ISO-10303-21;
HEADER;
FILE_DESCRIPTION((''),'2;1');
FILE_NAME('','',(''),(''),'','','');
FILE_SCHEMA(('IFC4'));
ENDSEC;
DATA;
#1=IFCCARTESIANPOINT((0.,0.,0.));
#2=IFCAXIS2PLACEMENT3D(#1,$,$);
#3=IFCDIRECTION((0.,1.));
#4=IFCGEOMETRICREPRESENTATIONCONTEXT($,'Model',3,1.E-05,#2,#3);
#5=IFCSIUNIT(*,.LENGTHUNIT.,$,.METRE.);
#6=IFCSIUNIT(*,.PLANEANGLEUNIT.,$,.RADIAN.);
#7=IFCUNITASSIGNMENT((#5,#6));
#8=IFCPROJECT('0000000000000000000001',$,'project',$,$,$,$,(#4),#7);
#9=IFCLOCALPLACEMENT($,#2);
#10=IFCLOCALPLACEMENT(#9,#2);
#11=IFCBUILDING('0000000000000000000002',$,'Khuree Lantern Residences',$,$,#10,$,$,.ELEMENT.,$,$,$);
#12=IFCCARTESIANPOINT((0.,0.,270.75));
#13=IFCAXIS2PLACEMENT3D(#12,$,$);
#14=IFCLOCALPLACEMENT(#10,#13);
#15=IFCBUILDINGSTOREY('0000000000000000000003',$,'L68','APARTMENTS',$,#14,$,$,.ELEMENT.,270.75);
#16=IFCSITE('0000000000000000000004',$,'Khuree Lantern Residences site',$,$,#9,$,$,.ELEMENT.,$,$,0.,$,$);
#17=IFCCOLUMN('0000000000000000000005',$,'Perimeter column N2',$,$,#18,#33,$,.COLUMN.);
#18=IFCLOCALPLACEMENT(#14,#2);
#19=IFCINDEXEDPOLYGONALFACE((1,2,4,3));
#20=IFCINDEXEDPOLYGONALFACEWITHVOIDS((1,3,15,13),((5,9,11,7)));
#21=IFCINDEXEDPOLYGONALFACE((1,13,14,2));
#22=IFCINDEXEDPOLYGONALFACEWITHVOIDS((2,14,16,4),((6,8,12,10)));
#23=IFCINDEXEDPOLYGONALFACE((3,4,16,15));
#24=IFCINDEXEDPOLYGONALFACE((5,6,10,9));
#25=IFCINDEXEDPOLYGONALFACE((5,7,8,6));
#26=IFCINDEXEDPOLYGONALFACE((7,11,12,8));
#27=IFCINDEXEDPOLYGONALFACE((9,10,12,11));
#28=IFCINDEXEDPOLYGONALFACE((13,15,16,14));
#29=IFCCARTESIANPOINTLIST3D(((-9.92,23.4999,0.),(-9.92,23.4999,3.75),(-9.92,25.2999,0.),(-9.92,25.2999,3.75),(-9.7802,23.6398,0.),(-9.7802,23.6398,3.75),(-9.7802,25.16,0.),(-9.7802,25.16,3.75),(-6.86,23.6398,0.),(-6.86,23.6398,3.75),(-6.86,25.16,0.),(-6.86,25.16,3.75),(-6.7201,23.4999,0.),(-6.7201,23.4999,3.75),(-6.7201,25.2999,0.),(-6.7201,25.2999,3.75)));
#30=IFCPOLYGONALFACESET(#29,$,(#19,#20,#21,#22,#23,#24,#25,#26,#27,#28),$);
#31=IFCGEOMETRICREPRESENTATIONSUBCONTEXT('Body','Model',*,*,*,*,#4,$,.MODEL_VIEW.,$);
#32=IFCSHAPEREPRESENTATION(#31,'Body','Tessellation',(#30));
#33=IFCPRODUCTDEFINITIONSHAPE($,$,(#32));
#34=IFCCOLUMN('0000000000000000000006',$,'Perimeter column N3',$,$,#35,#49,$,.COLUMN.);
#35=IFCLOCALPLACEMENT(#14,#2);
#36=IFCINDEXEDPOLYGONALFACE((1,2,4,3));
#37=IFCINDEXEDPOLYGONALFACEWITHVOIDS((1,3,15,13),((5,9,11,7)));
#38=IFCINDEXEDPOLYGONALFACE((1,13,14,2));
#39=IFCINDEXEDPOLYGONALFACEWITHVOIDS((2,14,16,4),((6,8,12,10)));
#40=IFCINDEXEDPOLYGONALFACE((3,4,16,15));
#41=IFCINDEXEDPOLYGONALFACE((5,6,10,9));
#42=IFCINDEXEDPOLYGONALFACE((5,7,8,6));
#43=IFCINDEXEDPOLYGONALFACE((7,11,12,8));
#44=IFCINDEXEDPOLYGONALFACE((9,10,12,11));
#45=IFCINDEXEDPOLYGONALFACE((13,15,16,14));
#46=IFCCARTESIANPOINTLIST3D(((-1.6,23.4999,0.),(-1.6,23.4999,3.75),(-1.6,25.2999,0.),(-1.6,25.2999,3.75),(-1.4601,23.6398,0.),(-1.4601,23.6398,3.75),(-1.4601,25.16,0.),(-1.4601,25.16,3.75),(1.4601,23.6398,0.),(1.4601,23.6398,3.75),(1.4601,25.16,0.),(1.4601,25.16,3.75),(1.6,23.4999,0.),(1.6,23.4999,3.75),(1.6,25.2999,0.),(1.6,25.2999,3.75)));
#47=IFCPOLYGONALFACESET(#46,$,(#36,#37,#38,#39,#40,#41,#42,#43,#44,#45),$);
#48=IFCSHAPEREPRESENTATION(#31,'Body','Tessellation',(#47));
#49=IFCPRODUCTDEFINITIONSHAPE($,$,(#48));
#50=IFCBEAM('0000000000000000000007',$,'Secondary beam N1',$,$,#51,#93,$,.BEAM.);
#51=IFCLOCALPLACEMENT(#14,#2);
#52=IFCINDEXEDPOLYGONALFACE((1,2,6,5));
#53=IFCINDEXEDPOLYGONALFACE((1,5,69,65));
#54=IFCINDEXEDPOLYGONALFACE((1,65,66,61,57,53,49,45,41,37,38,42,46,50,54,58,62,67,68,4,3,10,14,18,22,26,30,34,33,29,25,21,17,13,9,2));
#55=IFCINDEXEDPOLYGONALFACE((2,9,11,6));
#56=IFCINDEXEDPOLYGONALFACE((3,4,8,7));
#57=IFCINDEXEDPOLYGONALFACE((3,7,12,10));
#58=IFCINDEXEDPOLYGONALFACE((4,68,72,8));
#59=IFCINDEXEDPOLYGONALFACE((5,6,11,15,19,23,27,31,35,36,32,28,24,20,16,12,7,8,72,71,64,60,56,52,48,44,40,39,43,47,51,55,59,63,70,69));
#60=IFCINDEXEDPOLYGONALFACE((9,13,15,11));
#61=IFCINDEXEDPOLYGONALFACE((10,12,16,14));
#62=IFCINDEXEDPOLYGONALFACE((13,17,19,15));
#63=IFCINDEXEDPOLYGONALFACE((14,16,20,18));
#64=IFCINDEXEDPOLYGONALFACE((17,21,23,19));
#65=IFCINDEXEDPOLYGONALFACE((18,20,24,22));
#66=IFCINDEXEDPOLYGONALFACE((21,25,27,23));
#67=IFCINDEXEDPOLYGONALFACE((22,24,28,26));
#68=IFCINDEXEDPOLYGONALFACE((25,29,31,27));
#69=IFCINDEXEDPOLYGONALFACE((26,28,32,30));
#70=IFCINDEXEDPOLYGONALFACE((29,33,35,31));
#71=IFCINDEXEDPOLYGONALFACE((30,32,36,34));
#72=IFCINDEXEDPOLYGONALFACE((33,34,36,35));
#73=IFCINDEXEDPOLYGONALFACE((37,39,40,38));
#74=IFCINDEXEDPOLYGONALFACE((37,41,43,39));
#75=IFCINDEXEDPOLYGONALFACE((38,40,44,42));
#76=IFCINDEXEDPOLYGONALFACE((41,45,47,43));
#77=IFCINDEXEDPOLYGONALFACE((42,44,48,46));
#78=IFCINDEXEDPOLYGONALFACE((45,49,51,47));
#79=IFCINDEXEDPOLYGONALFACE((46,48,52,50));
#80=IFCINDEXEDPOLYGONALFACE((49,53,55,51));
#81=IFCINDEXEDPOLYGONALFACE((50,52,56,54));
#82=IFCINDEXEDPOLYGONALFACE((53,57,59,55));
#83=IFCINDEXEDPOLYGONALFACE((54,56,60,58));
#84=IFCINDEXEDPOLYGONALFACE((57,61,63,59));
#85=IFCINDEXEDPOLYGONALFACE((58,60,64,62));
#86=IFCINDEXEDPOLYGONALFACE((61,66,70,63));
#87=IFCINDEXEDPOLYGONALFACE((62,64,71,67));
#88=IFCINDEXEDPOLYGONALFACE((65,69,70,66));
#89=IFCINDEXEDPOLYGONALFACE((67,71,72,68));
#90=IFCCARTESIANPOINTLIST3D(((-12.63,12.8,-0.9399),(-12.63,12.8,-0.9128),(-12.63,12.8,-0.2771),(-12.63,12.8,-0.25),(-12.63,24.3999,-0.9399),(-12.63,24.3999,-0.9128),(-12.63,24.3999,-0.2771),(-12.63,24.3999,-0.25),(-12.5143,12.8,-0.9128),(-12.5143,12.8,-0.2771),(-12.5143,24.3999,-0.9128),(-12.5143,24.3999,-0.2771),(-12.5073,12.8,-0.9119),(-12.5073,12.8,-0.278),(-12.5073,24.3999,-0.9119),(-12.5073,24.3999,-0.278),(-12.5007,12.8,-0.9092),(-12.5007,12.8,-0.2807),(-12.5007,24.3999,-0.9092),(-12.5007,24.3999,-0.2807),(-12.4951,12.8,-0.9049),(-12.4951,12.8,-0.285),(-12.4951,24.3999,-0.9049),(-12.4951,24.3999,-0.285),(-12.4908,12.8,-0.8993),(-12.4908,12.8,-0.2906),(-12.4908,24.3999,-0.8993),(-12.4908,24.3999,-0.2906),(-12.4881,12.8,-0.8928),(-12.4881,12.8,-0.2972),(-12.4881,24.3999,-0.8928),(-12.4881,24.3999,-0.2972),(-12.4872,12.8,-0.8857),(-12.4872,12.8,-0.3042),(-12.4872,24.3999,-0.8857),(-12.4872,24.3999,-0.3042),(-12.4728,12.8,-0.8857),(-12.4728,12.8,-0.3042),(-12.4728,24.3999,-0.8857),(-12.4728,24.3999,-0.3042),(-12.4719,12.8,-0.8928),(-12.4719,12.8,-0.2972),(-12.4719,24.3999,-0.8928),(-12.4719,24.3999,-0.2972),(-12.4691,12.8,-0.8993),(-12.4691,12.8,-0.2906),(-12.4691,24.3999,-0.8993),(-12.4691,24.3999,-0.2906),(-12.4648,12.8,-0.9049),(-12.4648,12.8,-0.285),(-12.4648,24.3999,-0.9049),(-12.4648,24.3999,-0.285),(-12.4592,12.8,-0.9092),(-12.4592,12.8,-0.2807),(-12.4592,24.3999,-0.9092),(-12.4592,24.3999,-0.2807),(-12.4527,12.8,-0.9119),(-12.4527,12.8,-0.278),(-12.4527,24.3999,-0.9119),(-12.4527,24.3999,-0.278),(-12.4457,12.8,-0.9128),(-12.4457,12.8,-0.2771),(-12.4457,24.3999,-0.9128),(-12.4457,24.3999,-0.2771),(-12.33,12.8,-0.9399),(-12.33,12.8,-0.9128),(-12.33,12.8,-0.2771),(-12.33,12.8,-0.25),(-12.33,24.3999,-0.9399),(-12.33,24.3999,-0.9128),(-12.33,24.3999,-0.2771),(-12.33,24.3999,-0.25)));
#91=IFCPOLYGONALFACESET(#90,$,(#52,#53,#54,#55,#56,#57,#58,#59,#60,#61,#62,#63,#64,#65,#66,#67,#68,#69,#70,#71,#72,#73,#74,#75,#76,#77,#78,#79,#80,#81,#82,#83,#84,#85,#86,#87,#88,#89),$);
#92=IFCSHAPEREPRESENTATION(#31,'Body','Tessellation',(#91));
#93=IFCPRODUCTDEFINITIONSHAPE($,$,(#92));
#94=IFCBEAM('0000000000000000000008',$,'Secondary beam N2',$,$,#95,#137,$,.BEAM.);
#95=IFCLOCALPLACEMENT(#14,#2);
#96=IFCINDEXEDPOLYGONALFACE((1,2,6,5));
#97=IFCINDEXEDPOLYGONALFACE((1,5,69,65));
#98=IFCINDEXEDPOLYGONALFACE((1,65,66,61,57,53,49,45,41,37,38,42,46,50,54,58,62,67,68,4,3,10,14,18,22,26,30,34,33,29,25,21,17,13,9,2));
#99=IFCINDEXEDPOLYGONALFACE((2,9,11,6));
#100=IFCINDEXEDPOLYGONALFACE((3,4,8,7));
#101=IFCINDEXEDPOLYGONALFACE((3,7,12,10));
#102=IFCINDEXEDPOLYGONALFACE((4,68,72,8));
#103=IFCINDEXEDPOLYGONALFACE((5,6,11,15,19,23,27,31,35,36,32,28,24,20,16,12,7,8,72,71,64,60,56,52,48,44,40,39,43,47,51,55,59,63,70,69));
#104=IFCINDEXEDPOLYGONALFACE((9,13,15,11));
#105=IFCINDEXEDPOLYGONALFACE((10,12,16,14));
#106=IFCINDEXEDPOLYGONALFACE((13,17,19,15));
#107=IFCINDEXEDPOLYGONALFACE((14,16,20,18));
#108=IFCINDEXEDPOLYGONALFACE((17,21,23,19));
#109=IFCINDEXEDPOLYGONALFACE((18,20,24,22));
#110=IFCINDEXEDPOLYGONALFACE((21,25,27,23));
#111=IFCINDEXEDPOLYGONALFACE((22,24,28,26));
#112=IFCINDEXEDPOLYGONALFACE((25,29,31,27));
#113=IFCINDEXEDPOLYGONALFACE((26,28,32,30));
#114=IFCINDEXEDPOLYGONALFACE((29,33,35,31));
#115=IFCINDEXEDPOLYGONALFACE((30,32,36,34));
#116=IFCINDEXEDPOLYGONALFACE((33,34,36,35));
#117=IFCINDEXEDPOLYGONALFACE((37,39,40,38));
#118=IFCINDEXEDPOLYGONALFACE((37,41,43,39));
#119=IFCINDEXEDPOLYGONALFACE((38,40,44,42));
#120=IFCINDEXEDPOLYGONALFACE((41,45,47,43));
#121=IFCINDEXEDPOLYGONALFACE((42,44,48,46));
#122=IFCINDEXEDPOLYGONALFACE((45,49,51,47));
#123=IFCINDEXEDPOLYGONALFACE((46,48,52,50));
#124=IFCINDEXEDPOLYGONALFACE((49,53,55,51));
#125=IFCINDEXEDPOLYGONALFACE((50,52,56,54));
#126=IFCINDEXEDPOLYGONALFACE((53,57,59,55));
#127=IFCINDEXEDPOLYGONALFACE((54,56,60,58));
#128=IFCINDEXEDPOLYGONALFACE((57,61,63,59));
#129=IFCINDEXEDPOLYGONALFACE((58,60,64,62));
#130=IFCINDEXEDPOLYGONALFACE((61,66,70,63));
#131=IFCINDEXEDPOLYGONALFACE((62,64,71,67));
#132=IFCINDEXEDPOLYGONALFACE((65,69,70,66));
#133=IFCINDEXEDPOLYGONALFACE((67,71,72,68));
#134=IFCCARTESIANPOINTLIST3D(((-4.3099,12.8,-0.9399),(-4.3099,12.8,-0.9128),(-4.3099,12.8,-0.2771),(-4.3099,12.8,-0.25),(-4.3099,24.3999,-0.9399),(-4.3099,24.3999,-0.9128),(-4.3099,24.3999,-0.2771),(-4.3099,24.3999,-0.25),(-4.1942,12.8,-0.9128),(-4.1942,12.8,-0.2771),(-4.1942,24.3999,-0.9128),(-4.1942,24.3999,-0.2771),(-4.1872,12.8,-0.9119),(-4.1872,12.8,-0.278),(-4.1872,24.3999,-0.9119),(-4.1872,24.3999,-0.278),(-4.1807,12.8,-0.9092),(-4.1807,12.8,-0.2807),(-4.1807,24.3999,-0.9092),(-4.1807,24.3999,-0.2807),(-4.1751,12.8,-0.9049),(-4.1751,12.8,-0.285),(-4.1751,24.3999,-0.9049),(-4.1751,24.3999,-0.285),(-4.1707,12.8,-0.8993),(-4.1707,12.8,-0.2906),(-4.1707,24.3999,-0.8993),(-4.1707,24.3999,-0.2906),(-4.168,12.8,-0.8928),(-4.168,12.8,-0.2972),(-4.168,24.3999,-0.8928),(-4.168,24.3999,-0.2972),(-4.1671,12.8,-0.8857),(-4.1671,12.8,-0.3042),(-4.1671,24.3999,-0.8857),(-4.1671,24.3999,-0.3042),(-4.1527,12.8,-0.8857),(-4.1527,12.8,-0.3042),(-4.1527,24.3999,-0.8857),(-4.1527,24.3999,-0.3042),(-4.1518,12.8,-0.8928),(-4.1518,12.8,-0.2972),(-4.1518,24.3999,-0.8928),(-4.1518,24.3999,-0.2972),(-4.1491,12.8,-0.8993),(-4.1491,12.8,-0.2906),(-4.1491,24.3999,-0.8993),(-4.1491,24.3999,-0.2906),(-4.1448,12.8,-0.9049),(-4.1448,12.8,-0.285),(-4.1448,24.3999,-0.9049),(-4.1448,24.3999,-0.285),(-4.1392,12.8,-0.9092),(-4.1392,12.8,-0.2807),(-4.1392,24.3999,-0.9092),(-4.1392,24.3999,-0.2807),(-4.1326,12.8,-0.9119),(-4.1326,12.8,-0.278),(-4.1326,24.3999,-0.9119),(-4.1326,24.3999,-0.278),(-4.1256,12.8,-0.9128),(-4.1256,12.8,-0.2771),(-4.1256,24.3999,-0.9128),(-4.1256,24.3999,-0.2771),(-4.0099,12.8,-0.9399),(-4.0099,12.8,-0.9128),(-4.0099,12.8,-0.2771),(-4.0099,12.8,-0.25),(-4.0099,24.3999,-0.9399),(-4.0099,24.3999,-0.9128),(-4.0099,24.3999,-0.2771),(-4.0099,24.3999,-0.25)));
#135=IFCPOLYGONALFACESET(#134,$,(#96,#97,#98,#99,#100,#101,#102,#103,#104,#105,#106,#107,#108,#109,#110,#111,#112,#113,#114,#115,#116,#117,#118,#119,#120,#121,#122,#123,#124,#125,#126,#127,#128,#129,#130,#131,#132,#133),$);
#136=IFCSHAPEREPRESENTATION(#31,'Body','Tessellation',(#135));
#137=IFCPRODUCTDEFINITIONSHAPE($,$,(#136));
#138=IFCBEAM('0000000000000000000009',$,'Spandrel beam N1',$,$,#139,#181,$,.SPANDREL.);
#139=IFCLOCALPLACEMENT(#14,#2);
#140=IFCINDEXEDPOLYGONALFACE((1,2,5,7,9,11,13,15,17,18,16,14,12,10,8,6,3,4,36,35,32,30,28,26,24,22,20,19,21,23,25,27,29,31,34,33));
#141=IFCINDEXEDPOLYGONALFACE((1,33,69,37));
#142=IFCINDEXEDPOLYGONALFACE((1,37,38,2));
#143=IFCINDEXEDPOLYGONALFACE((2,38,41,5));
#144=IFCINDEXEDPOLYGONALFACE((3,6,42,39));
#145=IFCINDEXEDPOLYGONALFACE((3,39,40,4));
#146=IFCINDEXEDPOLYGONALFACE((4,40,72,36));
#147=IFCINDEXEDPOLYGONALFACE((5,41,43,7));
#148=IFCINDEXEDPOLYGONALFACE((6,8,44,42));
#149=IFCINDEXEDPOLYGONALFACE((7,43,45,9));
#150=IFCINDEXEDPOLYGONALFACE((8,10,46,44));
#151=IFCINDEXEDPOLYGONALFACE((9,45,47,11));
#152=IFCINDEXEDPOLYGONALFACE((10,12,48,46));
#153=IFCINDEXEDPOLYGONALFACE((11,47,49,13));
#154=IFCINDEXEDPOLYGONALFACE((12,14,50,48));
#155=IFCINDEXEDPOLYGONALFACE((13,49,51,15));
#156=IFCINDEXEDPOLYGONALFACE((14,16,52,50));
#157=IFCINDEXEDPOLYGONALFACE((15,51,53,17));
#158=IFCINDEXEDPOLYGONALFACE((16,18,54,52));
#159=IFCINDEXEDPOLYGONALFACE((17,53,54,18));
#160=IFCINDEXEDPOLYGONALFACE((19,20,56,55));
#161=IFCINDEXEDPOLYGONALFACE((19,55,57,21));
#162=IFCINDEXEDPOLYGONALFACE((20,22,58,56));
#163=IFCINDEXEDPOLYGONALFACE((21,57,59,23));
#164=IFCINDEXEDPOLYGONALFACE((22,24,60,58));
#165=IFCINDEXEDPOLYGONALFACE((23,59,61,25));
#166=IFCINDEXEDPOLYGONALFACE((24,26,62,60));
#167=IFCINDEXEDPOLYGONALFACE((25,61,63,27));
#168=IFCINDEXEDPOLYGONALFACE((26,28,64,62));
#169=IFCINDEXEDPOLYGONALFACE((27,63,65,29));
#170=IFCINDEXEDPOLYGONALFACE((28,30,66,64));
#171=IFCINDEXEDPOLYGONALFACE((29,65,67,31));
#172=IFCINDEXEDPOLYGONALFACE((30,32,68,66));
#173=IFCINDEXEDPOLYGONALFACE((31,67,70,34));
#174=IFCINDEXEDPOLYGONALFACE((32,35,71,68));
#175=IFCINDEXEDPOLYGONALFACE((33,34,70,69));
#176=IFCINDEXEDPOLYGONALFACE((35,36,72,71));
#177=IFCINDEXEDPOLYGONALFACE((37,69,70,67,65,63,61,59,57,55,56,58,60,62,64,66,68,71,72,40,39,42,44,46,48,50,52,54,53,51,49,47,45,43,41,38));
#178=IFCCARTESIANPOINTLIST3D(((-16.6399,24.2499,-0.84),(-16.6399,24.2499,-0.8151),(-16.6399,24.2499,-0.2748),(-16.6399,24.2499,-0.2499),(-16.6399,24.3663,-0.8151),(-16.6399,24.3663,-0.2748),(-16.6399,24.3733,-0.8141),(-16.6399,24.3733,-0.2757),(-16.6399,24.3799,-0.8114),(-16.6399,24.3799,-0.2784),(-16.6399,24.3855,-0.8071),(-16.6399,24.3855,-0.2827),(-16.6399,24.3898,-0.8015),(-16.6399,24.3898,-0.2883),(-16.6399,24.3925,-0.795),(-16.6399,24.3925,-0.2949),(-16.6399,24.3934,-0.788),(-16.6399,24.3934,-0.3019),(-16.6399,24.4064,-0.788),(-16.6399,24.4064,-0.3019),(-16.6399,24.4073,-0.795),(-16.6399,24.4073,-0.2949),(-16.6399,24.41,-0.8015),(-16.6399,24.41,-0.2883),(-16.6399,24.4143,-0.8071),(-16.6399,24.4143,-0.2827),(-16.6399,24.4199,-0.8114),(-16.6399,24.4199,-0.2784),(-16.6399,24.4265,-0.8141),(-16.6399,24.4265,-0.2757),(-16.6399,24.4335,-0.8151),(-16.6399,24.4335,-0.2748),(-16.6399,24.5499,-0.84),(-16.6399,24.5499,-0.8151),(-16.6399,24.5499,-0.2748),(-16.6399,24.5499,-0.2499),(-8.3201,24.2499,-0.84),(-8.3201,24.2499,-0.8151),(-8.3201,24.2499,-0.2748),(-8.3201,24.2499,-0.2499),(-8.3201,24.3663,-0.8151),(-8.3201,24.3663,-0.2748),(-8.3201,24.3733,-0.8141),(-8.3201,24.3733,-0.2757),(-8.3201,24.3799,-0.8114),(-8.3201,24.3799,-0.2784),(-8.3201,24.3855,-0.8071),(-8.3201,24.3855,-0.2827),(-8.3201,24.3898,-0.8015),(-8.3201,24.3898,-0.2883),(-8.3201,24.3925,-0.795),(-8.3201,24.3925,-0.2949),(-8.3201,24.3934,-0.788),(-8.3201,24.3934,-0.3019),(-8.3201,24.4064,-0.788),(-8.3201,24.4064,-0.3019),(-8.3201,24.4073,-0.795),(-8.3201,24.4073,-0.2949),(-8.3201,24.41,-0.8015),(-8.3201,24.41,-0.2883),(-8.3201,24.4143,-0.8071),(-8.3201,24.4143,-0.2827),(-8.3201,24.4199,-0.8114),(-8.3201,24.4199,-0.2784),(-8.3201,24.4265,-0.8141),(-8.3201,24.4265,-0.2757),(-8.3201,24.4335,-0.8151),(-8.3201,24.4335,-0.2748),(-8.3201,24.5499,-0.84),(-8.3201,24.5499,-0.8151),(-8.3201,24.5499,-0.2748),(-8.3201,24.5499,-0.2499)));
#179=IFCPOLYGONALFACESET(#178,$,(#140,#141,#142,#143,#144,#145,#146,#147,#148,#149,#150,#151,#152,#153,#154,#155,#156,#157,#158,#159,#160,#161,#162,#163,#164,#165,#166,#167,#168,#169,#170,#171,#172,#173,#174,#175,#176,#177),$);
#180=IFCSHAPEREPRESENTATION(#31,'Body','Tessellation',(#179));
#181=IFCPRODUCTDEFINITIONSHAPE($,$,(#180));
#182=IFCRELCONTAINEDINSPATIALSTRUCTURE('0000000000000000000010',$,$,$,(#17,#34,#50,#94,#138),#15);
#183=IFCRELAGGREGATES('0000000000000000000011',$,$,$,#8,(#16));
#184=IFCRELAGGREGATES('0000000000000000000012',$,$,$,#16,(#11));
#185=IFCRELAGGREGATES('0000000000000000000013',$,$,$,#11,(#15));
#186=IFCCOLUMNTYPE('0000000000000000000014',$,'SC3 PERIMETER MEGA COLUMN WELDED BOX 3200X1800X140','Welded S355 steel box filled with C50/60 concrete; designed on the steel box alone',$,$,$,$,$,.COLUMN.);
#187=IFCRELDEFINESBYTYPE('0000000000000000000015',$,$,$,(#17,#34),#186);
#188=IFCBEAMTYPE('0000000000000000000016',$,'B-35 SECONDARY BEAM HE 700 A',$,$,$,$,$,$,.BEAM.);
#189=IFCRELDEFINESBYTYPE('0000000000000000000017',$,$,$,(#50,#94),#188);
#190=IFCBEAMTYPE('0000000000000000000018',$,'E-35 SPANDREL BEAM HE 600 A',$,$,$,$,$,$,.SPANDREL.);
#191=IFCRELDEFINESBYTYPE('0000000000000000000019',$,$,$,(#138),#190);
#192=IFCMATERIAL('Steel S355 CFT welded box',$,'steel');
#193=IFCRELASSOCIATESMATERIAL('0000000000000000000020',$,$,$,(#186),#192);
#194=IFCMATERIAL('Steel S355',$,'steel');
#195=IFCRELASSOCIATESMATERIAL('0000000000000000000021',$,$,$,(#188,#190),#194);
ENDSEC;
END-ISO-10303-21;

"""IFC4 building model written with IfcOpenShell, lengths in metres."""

from ifc_helpers import new_model, si_unit, direction, frame, origin, origin_2d, place, context, subcontext, project, spatial, hollow_rectangle, i_section, extrude, material, material_profile, profile_set, type_object, element, save


model = new_model("IFC4")

# Units and contexts
model_context = context("Model", 3, precision=1e-05, world=origin(), true_north=direction((0.0, 1.0)))
body_context = subcontext(model_context, "Body", "Model", "MODEL_VIEW")
ifc_project = project(units=[si_unit("LENGTHUNIT", "METRE"), si_unit("PLANEANGLEUNIT", "RADIAN")], contexts=[model_context])

# Site, building, storey
site_placement = place(None, origin())
site = spatial("IfcSite", under=ifc_project, at=site_placement, Name="Khuree Lantern Residences site", CompositionType="ELEMENT", RefElevation=0.0)
building_placement = place(site_placement, origin())
building = spatial("IfcBuilding", under=site, at=building_placement, Name="Khuree Lantern Residences", CompositionType="ELEMENT")
storey_placement = place(building_placement, frame((0.0, 0.0, 270.75)))
storey = spatial("IfcBuildingStorey", under=building, at=storey_placement, Name="L68", Description="APARTMENTS", CompositionType="ELEMENT", Elevation=270.75)

# Columns
ifc_material_1 = material(Name="Steel S355 CFT welded box", Category="steel")
ifc_material_profile_1 = material_profile(ifc_material_1, hollow_rectangle(XDim=3.2, YDim=1.8, WallThickness=0.1399, at=origin_2d()), Name="WELDED BOX 3200X1800X140")
ifc_profile_set_1 = profile_set([ifc_material_profile_1], Name="Steel S355 CFT welded box")
column_type = type_object("IfcColumnType", Name="SC3 PERIMETER MEGA COLUMN WELDED BOX 3200X1800X140", Description="Welded S355 steel box filled with C50/60 concrete; designed on the steel box alone", PredefinedType="COLUMN", material=ifc_profile_set_1)
for number, where, z_axis, x_axis, name in (
    (1, (-8.3201, 24.3999, 0.0), (0.0, 0.0, 1.0), (1.0, 0.0, 0.0), "Perimeter column N2"),
    (2, (0.0, 24.3999, 0.0), (0.0, 0.0, 1.0), (1.0, 0.0, 0.0), "Perimeter column N3"),
):
    element("IfcColumn", number, at=place(storey_placement, frame(where, z_axis=z_axis, x_axis=x_axis)), inside=storey, type_object=column_type, Name=name, PredefinedType="COLUMN", context=body_context, shape_type="SweptSolid", body=[
        extrude(hollow_rectangle(XDim=3.2, YDim=1.8, WallThickness=0.1399, at=origin_2d()), origin(), (0.0, 0.0, 1.0), 3.75),
    ])

# Beams
ifc_material_2 = material(Name="Steel S355", Category="steel")
ifc_material_profile_2 = material_profile(ifc_material_2, i_section(OverallWidth=0.3, OverallDepth=0.6899, WebThickness=0.0144, FlangeThickness=0.0271, FilletRadius=0.0271, at=origin_2d()), Name="HE 700 A")
ifc_profile_set_2 = profile_set([ifc_material_profile_2], Name="Steel S355")
beam_type_1 = type_object("IfcBeamType", Name="B-35 SECONDARY BEAM HE 700 A", PredefinedType="BEAM", material=ifc_profile_set_2)
for number, where, z_axis, x_axis, name in (
    (3, (-12.48, 24.3999, -0.595), (0.0, -1.0, 0.0), (1.0, 0.0, 0.0), "Secondary beam N1"),
    (4, (-4.1599, 24.3999, -0.595), (0.0, -1.0, 0.0), (1.0, 0.0, 0.0), "Secondary beam N2"),
):
    element("IfcBeam", number, at=place(storey_placement, frame(where, z_axis=z_axis, x_axis=x_axis)), inside=storey, type_object=beam_type_1, Name=name, PredefinedType="BEAM", context=body_context, shape_type="SweptSolid", body=[
        extrude(i_section(OverallWidth=0.3, OverallDepth=0.6899, WebThickness=0.0144, FlangeThickness=0.0271, FilletRadius=0.0271, at=origin_2d()), origin(), (0.0, 0.0, 1.0), 11.5999),
    ])
ifc_material_profile_3 = material_profile(ifc_material_2, i_section(OverallWidth=0.3, OverallDepth=0.5901, WebThickness=0.0129, FlangeThickness=0.0249, FilletRadius=0.0271, at=origin_2d()), Name="HE 600 A")
ifc_profile_set_3 = profile_set([ifc_material_profile_3], Name="Steel S355")
beam_type_2 = type_object("IfcBeamType", Name="E-35 SPANDREL BEAM HE 600 A", PredefinedType="SPANDREL", material=ifc_profile_set_3)
beam_1_placement = place(storey_placement, frame((-16.6399, 24.3999, -0.5449), z_axis=(1.0, 0.0, 0.0), x_axis=(0.0, 1.0, 0.0)))
element("IfcBeam", 5, at=beam_1_placement, inside=storey, type_object=beam_type_2, Name="Spandrel beam N1", PredefinedType="SPANDREL", context=body_context, shape_type="SweptSolid", body=[
    extrude(i_section(OverallWidth=0.3, OverallDepth=0.5901, WebThickness=0.0129, FlangeThickness=0.0249, FilletRadius=0.0271, at=origin_2d()), origin(), (0.0, 0.0, 1.0), 8.3198),
])

save(model, "model.ifc")
